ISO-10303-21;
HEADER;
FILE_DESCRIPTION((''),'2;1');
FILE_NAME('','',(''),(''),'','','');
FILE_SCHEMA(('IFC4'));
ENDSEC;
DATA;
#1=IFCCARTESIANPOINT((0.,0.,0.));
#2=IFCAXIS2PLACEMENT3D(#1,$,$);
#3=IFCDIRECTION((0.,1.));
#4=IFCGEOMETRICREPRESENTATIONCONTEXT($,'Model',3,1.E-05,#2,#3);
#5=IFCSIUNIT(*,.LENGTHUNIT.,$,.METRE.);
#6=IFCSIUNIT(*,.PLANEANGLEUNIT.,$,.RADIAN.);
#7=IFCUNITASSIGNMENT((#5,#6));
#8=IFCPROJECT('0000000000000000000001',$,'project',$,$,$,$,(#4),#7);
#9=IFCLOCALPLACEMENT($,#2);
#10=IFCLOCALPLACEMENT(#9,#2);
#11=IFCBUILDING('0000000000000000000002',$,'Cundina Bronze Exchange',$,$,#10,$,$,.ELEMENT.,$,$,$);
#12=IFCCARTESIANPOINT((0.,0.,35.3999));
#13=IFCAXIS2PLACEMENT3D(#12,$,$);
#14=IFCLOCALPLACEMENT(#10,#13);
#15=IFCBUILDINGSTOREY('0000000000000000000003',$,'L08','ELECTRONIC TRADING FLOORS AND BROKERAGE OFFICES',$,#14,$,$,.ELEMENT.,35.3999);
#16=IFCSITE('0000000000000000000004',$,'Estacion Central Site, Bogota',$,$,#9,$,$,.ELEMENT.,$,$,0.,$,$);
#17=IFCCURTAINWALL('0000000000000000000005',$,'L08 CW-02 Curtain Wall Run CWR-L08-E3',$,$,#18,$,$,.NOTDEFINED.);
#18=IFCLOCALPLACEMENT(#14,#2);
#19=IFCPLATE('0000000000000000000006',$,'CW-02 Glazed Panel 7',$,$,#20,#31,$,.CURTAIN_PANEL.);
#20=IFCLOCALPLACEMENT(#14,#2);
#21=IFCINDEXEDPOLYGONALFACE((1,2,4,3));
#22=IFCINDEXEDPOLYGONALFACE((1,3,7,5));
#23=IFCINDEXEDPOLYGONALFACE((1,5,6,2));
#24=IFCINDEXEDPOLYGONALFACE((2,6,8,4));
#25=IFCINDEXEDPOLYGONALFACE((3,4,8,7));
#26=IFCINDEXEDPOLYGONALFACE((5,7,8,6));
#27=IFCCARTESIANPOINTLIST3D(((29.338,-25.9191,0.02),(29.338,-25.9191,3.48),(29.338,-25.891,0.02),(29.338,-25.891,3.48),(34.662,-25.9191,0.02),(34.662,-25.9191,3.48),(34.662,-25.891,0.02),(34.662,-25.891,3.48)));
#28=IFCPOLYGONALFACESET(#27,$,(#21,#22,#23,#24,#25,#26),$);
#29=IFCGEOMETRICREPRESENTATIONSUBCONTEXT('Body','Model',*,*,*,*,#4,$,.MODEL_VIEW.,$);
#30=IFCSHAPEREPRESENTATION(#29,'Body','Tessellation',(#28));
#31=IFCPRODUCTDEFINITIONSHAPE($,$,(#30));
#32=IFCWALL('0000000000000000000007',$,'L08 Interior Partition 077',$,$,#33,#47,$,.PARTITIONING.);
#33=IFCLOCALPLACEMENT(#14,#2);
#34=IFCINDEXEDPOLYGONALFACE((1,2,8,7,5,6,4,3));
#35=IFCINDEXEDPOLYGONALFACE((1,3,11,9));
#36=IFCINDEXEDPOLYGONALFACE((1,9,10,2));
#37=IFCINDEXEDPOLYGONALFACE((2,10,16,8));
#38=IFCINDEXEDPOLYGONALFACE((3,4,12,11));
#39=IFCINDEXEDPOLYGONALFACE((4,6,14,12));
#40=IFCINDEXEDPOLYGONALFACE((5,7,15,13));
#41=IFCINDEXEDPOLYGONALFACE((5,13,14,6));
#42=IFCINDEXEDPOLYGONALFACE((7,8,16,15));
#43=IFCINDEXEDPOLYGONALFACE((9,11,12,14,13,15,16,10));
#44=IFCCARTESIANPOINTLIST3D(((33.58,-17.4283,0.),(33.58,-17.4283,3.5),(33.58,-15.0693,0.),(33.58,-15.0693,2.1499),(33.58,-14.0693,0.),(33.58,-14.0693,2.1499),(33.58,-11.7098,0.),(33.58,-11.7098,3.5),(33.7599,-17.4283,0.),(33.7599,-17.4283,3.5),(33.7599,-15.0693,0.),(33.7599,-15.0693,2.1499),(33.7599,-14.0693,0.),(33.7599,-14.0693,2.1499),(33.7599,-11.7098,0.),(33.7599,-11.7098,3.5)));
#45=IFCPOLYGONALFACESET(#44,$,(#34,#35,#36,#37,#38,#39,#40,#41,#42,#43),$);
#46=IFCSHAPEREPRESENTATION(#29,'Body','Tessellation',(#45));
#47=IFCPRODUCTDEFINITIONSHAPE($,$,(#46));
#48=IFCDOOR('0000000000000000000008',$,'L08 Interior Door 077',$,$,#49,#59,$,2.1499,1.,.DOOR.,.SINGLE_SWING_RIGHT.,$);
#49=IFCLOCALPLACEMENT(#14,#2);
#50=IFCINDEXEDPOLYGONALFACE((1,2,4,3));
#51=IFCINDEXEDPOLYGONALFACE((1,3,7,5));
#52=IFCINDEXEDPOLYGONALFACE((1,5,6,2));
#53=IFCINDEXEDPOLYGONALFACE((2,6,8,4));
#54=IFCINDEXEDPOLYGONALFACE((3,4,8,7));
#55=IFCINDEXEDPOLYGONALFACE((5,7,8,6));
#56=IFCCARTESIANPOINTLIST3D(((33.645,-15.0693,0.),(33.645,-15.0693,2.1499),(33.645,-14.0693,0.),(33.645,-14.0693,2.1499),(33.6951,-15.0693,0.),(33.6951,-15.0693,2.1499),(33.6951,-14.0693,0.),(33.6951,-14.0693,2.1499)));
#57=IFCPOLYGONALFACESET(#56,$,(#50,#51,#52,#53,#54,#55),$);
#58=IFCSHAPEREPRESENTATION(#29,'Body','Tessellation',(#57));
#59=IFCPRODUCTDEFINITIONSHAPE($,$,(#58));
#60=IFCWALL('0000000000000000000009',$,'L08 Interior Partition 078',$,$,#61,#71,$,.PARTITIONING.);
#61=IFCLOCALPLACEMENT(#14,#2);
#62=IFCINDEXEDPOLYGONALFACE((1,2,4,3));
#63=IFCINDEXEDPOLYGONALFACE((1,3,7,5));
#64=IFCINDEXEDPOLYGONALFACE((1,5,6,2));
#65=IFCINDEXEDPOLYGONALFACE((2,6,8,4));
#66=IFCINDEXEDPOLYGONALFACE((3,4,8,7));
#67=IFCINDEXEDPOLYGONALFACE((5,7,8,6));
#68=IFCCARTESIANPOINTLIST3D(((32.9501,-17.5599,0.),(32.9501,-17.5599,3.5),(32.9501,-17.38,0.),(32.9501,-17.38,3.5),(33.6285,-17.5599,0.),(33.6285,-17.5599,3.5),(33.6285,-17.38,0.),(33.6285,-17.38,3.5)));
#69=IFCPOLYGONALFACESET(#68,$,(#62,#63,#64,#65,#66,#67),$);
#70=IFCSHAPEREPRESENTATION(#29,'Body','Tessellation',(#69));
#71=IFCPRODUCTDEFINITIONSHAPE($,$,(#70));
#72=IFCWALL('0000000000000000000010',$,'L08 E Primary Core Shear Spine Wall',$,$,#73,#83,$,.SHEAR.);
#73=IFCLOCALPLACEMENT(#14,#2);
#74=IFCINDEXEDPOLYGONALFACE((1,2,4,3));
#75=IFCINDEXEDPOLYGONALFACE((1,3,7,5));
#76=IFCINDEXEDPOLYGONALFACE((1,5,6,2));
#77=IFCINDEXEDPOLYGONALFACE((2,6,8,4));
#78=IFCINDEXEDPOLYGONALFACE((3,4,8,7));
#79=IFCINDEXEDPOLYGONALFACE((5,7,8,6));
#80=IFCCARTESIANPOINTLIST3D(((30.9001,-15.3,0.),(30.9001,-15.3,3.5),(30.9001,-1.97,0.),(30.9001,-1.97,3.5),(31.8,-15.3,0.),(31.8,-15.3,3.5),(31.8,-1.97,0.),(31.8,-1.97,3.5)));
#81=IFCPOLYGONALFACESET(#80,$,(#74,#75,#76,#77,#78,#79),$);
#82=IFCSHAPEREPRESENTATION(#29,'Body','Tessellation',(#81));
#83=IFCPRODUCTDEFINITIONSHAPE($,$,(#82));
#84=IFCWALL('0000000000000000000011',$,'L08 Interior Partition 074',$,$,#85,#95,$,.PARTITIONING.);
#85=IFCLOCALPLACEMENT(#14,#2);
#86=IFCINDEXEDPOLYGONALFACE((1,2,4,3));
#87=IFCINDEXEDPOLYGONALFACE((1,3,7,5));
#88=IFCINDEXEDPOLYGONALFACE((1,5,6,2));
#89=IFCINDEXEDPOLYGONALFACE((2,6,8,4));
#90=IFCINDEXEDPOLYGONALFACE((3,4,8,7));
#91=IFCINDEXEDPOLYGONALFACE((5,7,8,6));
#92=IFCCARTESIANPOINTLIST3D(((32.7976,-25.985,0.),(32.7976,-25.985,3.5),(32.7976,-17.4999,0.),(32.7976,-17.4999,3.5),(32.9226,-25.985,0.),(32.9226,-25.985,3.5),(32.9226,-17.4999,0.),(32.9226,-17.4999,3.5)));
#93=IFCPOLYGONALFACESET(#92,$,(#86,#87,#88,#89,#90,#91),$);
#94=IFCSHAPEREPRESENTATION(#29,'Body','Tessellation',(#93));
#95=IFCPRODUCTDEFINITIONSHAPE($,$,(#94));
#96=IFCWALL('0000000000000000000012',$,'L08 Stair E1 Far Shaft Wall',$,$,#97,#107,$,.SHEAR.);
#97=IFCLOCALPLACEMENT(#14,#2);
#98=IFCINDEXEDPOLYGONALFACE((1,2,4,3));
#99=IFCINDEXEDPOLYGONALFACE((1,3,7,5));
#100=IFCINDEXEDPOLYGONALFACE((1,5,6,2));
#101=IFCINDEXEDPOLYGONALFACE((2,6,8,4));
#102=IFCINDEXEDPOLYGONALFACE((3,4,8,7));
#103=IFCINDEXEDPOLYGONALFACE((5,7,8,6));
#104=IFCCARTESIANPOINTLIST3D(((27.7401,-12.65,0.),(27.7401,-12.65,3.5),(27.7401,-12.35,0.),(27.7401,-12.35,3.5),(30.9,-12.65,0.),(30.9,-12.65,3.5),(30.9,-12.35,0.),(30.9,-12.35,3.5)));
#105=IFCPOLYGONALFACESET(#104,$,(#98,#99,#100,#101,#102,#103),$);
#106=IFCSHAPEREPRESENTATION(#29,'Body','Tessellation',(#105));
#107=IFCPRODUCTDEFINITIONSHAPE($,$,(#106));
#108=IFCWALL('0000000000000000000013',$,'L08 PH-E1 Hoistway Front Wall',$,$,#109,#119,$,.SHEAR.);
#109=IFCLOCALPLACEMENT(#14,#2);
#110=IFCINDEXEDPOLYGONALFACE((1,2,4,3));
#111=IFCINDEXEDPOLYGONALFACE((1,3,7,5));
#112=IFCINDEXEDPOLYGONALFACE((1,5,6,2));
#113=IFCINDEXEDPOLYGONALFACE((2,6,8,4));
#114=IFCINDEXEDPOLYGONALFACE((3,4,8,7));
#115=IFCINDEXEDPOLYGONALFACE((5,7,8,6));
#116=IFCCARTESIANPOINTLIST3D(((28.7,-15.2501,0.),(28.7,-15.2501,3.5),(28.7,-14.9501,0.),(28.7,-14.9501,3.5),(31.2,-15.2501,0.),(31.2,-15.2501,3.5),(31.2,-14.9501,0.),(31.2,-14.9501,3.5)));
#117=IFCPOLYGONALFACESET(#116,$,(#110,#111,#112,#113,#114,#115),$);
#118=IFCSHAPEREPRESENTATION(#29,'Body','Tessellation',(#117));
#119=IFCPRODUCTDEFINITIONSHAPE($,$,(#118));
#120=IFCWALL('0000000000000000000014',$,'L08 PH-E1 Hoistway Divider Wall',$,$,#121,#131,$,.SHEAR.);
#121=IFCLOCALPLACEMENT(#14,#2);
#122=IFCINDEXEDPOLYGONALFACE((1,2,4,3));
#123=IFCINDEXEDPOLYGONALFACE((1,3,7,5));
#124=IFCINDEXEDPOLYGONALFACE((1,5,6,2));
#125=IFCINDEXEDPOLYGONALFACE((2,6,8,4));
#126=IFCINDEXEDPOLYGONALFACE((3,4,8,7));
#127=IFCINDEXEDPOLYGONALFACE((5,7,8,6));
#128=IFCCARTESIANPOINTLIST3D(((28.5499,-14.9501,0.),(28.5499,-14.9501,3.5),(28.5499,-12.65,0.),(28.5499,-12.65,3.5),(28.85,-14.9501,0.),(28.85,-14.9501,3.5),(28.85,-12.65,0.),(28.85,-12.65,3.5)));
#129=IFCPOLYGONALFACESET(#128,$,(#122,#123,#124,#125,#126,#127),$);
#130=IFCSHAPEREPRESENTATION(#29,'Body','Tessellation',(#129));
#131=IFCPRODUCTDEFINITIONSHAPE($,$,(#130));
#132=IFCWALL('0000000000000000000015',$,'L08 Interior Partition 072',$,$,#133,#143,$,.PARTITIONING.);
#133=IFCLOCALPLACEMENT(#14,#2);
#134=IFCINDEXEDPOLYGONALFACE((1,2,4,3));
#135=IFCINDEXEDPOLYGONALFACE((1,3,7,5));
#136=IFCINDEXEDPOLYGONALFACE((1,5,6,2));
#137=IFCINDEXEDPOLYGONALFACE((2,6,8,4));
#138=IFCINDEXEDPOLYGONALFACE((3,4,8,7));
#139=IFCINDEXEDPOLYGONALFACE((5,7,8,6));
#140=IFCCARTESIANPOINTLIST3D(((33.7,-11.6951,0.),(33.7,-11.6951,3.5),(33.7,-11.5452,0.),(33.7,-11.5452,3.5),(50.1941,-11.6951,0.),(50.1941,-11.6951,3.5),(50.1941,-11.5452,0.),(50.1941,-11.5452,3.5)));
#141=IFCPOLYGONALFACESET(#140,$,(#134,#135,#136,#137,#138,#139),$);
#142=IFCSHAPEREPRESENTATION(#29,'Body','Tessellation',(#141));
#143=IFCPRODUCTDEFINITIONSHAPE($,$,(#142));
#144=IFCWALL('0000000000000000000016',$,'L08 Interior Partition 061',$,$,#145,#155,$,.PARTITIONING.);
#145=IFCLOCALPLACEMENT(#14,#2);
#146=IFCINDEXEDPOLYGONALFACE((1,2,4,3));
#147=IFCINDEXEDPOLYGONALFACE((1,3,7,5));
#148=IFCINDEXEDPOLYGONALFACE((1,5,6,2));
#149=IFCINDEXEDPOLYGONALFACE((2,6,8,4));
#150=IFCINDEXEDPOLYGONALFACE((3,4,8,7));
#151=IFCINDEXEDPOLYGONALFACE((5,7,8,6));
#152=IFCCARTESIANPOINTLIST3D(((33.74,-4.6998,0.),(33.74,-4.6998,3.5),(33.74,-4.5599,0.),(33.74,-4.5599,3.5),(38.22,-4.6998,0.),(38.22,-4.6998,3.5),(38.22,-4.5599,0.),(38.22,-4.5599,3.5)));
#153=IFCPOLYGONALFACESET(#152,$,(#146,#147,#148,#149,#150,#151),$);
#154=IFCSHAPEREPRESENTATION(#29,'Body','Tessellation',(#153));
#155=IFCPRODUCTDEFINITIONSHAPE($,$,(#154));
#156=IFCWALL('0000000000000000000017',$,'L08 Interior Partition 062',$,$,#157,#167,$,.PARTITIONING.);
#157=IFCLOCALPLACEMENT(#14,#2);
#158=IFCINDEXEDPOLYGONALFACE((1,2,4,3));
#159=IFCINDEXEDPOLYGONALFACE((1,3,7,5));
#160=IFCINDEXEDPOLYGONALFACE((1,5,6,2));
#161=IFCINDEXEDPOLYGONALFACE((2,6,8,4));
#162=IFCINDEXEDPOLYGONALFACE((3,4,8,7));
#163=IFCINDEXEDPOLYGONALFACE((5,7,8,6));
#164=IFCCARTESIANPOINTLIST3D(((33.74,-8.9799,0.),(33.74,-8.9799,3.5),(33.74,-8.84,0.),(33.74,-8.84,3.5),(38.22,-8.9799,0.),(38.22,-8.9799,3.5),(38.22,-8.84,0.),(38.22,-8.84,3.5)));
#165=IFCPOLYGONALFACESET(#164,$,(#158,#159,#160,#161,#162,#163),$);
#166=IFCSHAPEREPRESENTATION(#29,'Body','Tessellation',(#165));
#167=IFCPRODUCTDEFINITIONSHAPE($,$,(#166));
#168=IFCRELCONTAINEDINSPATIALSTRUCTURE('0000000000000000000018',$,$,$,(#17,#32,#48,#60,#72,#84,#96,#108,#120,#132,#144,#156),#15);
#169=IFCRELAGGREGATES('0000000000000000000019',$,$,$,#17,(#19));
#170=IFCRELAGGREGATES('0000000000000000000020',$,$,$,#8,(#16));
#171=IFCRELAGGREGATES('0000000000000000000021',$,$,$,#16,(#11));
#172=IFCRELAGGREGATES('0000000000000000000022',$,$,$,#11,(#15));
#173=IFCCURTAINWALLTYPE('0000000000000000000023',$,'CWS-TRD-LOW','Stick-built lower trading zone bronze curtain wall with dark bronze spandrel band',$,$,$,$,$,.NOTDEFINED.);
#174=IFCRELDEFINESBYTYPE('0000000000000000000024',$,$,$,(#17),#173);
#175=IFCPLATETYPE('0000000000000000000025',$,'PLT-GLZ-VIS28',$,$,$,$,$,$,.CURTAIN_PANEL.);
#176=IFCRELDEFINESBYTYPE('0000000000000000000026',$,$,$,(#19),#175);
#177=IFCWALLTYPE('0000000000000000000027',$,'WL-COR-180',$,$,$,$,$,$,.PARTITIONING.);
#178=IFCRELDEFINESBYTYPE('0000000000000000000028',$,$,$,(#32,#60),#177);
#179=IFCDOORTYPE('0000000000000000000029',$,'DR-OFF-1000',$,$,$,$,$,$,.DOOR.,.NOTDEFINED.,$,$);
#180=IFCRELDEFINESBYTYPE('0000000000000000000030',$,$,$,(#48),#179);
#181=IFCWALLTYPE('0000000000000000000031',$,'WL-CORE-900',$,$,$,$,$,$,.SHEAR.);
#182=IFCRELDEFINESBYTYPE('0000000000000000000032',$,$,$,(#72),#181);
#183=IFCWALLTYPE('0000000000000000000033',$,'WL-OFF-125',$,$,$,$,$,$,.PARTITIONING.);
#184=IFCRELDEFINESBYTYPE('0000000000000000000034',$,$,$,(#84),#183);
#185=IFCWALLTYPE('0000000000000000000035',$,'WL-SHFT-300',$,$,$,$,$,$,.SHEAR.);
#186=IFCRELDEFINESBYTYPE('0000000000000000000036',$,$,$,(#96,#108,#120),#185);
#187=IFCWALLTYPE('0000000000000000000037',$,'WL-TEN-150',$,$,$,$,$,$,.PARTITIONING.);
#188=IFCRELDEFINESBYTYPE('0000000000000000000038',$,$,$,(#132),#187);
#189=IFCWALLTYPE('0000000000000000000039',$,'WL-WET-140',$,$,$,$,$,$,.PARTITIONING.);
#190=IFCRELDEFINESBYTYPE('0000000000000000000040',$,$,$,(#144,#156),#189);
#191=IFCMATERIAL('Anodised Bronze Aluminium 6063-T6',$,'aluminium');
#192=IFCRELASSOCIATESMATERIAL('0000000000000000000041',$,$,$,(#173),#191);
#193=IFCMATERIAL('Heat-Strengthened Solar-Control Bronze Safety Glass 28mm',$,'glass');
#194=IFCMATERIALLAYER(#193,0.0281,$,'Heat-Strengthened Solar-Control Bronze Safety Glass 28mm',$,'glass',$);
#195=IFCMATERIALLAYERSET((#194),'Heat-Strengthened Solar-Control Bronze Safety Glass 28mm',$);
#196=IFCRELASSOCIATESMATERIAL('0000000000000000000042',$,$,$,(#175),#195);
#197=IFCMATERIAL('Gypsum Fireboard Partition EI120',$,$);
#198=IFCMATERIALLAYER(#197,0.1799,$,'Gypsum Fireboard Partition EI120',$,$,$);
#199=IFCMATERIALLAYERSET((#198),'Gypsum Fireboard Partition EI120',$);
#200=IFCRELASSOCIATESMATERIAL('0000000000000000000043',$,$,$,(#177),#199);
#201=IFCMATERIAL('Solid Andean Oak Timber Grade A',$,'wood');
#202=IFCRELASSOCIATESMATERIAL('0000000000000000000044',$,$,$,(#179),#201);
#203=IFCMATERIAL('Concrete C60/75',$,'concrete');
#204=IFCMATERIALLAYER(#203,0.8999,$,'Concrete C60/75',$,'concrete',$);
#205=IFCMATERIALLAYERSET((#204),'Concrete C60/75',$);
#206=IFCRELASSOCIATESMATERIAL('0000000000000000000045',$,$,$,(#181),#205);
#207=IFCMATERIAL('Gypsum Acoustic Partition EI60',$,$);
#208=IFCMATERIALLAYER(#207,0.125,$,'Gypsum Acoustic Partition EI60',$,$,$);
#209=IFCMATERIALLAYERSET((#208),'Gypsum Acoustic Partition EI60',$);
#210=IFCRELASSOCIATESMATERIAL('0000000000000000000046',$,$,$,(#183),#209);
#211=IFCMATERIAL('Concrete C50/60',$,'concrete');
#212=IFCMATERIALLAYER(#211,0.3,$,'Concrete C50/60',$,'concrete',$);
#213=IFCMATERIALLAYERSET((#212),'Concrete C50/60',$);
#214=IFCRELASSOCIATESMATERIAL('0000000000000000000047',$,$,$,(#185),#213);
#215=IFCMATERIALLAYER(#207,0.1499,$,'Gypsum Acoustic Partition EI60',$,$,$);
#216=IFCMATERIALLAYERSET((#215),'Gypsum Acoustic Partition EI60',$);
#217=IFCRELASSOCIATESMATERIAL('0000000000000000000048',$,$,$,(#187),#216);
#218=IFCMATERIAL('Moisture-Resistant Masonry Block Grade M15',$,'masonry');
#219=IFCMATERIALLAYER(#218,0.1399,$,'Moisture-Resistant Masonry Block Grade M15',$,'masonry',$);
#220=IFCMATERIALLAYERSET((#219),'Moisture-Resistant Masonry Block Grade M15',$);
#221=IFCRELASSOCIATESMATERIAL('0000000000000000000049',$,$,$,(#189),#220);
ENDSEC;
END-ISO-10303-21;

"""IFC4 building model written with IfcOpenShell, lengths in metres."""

from ifc_helpers import new_model, si_unit, direction, frame, frame_2d, origin, origin_2d, place, context, subcontext, project, spatial, rectangle, extrude, material, layer, layer_set, type_object, element, fill, aggregate, save


model = new_model("IFC4")

# Units and contexts
model_context = context("Model", 3, precision=1e-05, world=origin(), true_north=direction((0.0, 1.0)))
body_context = subcontext(model_context, "Body", "Model", "MODEL_VIEW")
ifc_project = project(units=[si_unit("LENGTHUNIT", "METRE"), si_unit("PLANEANGLEUNIT", "RADIAN")], contexts=[model_context])

# Site, building, storey
site_placement = place(None, origin())
site = spatial("IfcSite", under=ifc_project, at=site_placement, Name="Estacion Central Site, Bogota", CompositionType="ELEMENT", RefElevation=0.0)
building_placement = place(site_placement, origin())
building = spatial("IfcBuilding", under=site, at=building_placement, Name="Cundina Bronze Exchange", CompositionType="ELEMENT")
storey_placement = place(building_placement, frame((0.0, 0.0, 35.3999)))
storey = spatial("IfcBuildingStorey", under=building, at=storey_placement, Name="L08", Description="ELECTRONIC TRADING FLOORS AND BROKERAGE OFFICES", CompositionType="ELEMENT", Elevation=35.3999)

# Shared definitions
ifc_material_1 = material(Name="Concrete C60/75", Category="concrete")

# Curtain wall, plate
ifc_material_2 = material(Name="Anodised Bronze Aluminium 6063-T6", Category="aluminium")
curtain_wall_type = type_object("IfcCurtainWallType", Name="CWS-TRD-LOW", Description="Stick-built lower trading zone bronze curtain wall with dark bronze spandrel band", PredefinedType="NOTDEFINED", material=ifc_material_2)
curtain_wall_placement = place(storey_placement, origin())
curtain_wall = element("IfcCurtainWall", 1, at=curtain_wall_placement, inside=storey, type_object=curtain_wall_type, Name="L08 CW-02 Curtain Wall Run CWR-L08-E3", PredefinedType="NOTDEFINED")
ifc_material_3 = material(Name="Heat-Strengthened Solar-Control Bronze Safety Glass 28mm", Category="glass")
ifc_layer_1 = layer(ifc_material_3, 0.0281, Name="Heat-Strengthened Solar-Control Bronze Safety Glass 28mm", Category="glass")
ifc_layer_set_1 = layer_set([ifc_layer_1], Name="Heat-Strengthened Solar-Control Bronze Safety Glass 28mm")
plate_type = type_object("IfcPlateType", Name="PLT-GLZ-VIS28", PredefinedType="CURTAIN_PANEL", material=ifc_layer_set_1)
plate_placement = place(storey_placement, frame((32.0, -25.905, 0.02), z_axis=(0.0, 0.0, 1.0), x_axis=(1.0, 0.0, 0.0)))
plate = element("IfcPlate", 2, at=plate_placement, type_object=plate_type, Name="CW-02 Glazed Panel 7", PredefinedType="CURTAIN_PANEL", context=body_context, shape_type="SweptSolid", body=[
    extrude(rectangle(XDim=5.324, YDim=0.0281, at=origin_2d()), origin(), (0.0, 0.0, 1.0), 3.46),
])
aggregate(curtain_wall, [plate])

# Wall, opening, door
ifc_material_4 = material(Name="Gypsum Fireboard Partition EI120")
ifc_layer_2 = layer(ifc_material_4, 0.1799, Name="Gypsum Fireboard Partition EI120")
ifc_layer_set_2 = layer_set([ifc_layer_2], Name="Gypsum Fireboard Partition EI120")
wall_type_1 = type_object("IfcWallType", Name="WL-COR-180", PredefinedType="PARTITIONING", material=ifc_layer_set_2)
ifc_material_5 = material(Name="Solid Andean Oak Timber Grade A", Category="wood")
door_type = type_object("IfcDoorType", Name="DR-OFF-1000", OperationType="NOTDEFINED", PredefinedType="DOOR", material=ifc_material_5)
wall_1_placement = place(storey_placement, frame((33.6699, -17.4285, 0.0), z_axis=(0.0, 0.0, 1.0), x_axis=(0.0, 1.0, 0.0)))
wall_1 = element("IfcWall", 3, at=wall_1_placement, inside=storey, type_object=wall_type_1, Name="L08 Interior Partition 077", PredefinedType="PARTITIONING", context=body_context, shape_type="SweptSolid", body=[
    extrude(rectangle(XDim=5.7185, YDim=0.1799, at=frame_2d((2.8594, 0.0))), origin(), (0.0, 0.0, 1.0), 3.5),
])
opening_1_placement = place(wall_1_placement, frame((2.3591, 0.0, 0.0)))
opening_1 = element("IfcOpeningElement", 4, at=opening_1_placement, cuts=wall_1, PredefinedType="OPENING", context=body_context, shape_type="SweptSolid", body=[
    extrude(rectangle(XDim=1.0, YDim=2.1499, at=frame_2d((0.5, 1.075))), frame((0.0, 0.0999, 0.0), z_axis=(0.0, -1.0, 0.0), x_axis=(1.0, 0.0, 0.0)), (0.0, 0.0, 1.0), 0.2),
])
door_1_placement = place(opening_1_placement, origin())
door_1 = element("IfcDoor", 5, at=door_1_placement, inside=storey, type_object=door_type, Name="L08 Interior Door 077", OperationType="SINGLE_SWING_RIGHT", OverallHeight=2.1499, OverallWidth=1.0, PredefinedType="DOOR", context=body_context, shape_type="SweptSolid", body=[
    extrude(rectangle(XDim=1.0, YDim=2.1499, at=frame_2d((0.5, 1.075))), frame((0.0, 0.0249, 0.0), z_axis=(0.0, -1.0, 0.0), x_axis=(1.0, 0.0, 0.0)), (0.0, 0.0, 1.0), 0.05),
])
fill(opening_1, door_1)

# Wall
wall_2_placement = place(storey_placement, frame((32.95, -17.47, 0.0), z_axis=(0.0, 0.0, 1.0), x_axis=(1.0, 0.0, 0.0)))
element("IfcWall", 6, at=wall_2_placement, inside=storey, type_object=wall_type_1, Name="L08 Interior Partition 078", PredefinedType="PARTITIONING", context=body_context, shape_type="SweptSolid", body=[
    extrude(rectangle(XDim=0.6785, YDim=0.1799, at=frame_2d((0.3394, 0.0))), origin(), (0.0, 0.0, 1.0), 3.5),
])

# Walls
ifc_layer_3 = layer(ifc_material_1, 0.8999, Name="Concrete C60/75", Category="concrete")
ifc_layer_set_3 = layer_set([ifc_layer_3], Name="Concrete C60/75")
wall_type_2 = type_object("IfcWallType", Name="WL-CORE-900", PredefinedType="SHEAR", material=ifc_layer_set_3)
wall_3_placement = place(storey_placement, frame((31.3501, -15.3, 0.0), z_axis=(0.0, 0.0, 1.0), x_axis=(0.0, 1.0, 0.0)))
element("IfcWall", 7, at=wall_3_placement, inside=storey, type_object=wall_type_2, Name="L08 E Primary Core Shear Spine Wall", PredefinedType="SHEAR", context=body_context, shape_type="SweptSolid", body=[
    extrude(rectangle(XDim=13.3301, YDim=0.8999, at=frame_2d((6.665, 0.0))), origin(), (0.0, 0.0, 1.0), 3.5),
])
ifc_material_6 = material(Name="Gypsum Acoustic Partition EI60")
ifc_layer_4 = layer(ifc_material_6, 0.125, Name="Gypsum Acoustic Partition EI60")
ifc_layer_set_4 = layer_set([ifc_layer_4], Name="Gypsum Acoustic Partition EI60")
wall_type_3 = type_object("IfcWallType", Name="WL-OFF-125", PredefinedType="PARTITIONING", material=ifc_layer_set_4)
wall_4_placement = place(storey_placement, frame((32.8601, -25.9851, 0.0), z_axis=(0.0, 0.0, 1.0), x_axis=(0.0, 1.0, 0.0)))
element("IfcWall", 8, at=wall_4_placement, inside=storey, type_object=wall_type_3, Name="L08 Interior Partition 074", PredefinedType="PARTITIONING", context=body_context, shape_type="SweptSolid", body=[
    extrude(rectangle(XDim=8.4851, YDim=0.125, at=frame_2d((4.2427, 0.0))), origin(), (0.0, 0.0, 1.0), 3.5),
])
ifc_material_7 = material(Name="Concrete C50/60", Category="concrete")
ifc_layer_5 = layer(ifc_material_7, 0.3, Name="Concrete C50/60", Category="concrete")
ifc_layer_set_5 = layer_set([ifc_layer_5], Name="Concrete C50/60")
wall_type_4 = type_object("IfcWallType", Name="WL-SHFT-300", PredefinedType="SHEAR", material=ifc_layer_set_5)
wall_5_placement = place(storey_placement, frame((27.74, -12.5, 0.0), z_axis=(0.0, 0.0, 1.0), x_axis=(1.0, 0.0, 0.0)))
element("IfcWall", 9, at=wall_5_placement, inside=storey, type_object=wall_type_4, Name="L08 Stair E1 Far Shaft Wall", PredefinedType="SHEAR", context=body_context, shape_type="SweptSolid", body=[
    extrude(rectangle(XDim=3.1599, YDim=0.3, at=frame_2d((1.5801, 0.0))), origin(), (0.0, 0.0, 1.0), 3.5),
])
wall_6_placement = place(storey_placement, frame((28.7, -15.1001, 0.0), z_axis=(0.0, 0.0, 1.0), x_axis=(1.0, 0.0, 0.0)))
element("IfcWall", 10, at=wall_6_placement, inside=storey, type_object=wall_type_4, Name="L08 PH-E1 Hoistway Front Wall", PredefinedType="SHEAR", context=body_context, shape_type="SweptSolid", body=[
    extrude(rectangle(XDim=2.5, YDim=0.3, at=frame_2d((1.25, 0.0))), origin(), (0.0, 0.0, 1.0), 3.5),
])
wall_7_placement = place(storey_placement, frame((28.7, -14.95, 0.0), z_axis=(0.0, 0.0, 1.0), x_axis=(0.0, 1.0, 0.0)))
element("IfcWall", 11, at=wall_7_placement, inside=storey, type_object=wall_type_4, Name="L08 PH-E1 Hoistway Divider Wall", PredefinedType="SHEAR", context=body_context, shape_type="SweptSolid", body=[
    extrude(rectangle(XDim=2.3, YDim=0.3, at=frame_2d((1.1499, 0.0))), origin(), (0.0, 0.0, 1.0), 3.5),
])
ifc_layer_6 = layer(ifc_material_6, 0.1499, Name="Gypsum Acoustic Partition EI60")
ifc_layer_set_6 = layer_set([ifc_layer_6], Name="Gypsum Acoustic Partition EI60")
wall_type_5 = type_object("IfcWallType", Name="WL-TEN-150", PredefinedType="PARTITIONING", material=ifc_layer_set_6)
wall_8_placement = place(storey_placement, frame((33.7, -11.6201, 0.0), z_axis=(0.0, 0.0, 1.0), x_axis=(1.0, 0.0, 0.0)))
element("IfcWall", 12, at=wall_8_placement, inside=storey, type_object=wall_type_5, Name="L08 Interior Partition 072", PredefinedType="PARTITIONING", context=body_context, shape_type="SweptSolid", body=[
    extrude(rectangle(XDim=16.4941, YDim=0.1499, at=frame_2d((8.2471, 0.0))), origin(), (0.0, 0.0, 1.0), 3.5),
])
ifc_material_8 = material(Name="Moisture-Resistant Masonry Block Grade M15", Category="masonry")
ifc_layer_7 = layer(ifc_material_8, 0.1399, Name="Moisture-Resistant Masonry Block Grade M15", Category="masonry")
ifc_layer_set_7 = layer_set([ifc_layer_7], Name="Moisture-Resistant Masonry Block Grade M15")
wall_type_6 = type_object("IfcWallType", Name="WL-WET-140", PredefinedType="PARTITIONING", material=ifc_layer_set_7)
for number, where, z_axis, x_axis, name in (
    (13, (33.74, -4.6299, 0.0), (0.0, 0.0, 1.0), (1.0, 0.0, 0.0), "L08 Interior Partition 061"),
    (14, (33.74, -8.9099, 0.0), (0.0, 0.0, 1.0), (1.0, 0.0, 0.0), "L08 Interior Partition 062"),
):
    element("IfcWall", number, at=place(storey_placement, frame(where, z_axis=z_axis, x_axis=x_axis)), inside=storey, type_object=wall_type_6, Name=name, PredefinedType="PARTITIONING", context=body_context, shape_type="SweptSolid", body=[
        extrude(rectangle(XDim=4.48, YDim=0.1399, at=frame_2d((2.24, 0.0))), origin(), (0.0, 0.0, 1.0), 3.5),
    ])

save(model, "model.ifc")
